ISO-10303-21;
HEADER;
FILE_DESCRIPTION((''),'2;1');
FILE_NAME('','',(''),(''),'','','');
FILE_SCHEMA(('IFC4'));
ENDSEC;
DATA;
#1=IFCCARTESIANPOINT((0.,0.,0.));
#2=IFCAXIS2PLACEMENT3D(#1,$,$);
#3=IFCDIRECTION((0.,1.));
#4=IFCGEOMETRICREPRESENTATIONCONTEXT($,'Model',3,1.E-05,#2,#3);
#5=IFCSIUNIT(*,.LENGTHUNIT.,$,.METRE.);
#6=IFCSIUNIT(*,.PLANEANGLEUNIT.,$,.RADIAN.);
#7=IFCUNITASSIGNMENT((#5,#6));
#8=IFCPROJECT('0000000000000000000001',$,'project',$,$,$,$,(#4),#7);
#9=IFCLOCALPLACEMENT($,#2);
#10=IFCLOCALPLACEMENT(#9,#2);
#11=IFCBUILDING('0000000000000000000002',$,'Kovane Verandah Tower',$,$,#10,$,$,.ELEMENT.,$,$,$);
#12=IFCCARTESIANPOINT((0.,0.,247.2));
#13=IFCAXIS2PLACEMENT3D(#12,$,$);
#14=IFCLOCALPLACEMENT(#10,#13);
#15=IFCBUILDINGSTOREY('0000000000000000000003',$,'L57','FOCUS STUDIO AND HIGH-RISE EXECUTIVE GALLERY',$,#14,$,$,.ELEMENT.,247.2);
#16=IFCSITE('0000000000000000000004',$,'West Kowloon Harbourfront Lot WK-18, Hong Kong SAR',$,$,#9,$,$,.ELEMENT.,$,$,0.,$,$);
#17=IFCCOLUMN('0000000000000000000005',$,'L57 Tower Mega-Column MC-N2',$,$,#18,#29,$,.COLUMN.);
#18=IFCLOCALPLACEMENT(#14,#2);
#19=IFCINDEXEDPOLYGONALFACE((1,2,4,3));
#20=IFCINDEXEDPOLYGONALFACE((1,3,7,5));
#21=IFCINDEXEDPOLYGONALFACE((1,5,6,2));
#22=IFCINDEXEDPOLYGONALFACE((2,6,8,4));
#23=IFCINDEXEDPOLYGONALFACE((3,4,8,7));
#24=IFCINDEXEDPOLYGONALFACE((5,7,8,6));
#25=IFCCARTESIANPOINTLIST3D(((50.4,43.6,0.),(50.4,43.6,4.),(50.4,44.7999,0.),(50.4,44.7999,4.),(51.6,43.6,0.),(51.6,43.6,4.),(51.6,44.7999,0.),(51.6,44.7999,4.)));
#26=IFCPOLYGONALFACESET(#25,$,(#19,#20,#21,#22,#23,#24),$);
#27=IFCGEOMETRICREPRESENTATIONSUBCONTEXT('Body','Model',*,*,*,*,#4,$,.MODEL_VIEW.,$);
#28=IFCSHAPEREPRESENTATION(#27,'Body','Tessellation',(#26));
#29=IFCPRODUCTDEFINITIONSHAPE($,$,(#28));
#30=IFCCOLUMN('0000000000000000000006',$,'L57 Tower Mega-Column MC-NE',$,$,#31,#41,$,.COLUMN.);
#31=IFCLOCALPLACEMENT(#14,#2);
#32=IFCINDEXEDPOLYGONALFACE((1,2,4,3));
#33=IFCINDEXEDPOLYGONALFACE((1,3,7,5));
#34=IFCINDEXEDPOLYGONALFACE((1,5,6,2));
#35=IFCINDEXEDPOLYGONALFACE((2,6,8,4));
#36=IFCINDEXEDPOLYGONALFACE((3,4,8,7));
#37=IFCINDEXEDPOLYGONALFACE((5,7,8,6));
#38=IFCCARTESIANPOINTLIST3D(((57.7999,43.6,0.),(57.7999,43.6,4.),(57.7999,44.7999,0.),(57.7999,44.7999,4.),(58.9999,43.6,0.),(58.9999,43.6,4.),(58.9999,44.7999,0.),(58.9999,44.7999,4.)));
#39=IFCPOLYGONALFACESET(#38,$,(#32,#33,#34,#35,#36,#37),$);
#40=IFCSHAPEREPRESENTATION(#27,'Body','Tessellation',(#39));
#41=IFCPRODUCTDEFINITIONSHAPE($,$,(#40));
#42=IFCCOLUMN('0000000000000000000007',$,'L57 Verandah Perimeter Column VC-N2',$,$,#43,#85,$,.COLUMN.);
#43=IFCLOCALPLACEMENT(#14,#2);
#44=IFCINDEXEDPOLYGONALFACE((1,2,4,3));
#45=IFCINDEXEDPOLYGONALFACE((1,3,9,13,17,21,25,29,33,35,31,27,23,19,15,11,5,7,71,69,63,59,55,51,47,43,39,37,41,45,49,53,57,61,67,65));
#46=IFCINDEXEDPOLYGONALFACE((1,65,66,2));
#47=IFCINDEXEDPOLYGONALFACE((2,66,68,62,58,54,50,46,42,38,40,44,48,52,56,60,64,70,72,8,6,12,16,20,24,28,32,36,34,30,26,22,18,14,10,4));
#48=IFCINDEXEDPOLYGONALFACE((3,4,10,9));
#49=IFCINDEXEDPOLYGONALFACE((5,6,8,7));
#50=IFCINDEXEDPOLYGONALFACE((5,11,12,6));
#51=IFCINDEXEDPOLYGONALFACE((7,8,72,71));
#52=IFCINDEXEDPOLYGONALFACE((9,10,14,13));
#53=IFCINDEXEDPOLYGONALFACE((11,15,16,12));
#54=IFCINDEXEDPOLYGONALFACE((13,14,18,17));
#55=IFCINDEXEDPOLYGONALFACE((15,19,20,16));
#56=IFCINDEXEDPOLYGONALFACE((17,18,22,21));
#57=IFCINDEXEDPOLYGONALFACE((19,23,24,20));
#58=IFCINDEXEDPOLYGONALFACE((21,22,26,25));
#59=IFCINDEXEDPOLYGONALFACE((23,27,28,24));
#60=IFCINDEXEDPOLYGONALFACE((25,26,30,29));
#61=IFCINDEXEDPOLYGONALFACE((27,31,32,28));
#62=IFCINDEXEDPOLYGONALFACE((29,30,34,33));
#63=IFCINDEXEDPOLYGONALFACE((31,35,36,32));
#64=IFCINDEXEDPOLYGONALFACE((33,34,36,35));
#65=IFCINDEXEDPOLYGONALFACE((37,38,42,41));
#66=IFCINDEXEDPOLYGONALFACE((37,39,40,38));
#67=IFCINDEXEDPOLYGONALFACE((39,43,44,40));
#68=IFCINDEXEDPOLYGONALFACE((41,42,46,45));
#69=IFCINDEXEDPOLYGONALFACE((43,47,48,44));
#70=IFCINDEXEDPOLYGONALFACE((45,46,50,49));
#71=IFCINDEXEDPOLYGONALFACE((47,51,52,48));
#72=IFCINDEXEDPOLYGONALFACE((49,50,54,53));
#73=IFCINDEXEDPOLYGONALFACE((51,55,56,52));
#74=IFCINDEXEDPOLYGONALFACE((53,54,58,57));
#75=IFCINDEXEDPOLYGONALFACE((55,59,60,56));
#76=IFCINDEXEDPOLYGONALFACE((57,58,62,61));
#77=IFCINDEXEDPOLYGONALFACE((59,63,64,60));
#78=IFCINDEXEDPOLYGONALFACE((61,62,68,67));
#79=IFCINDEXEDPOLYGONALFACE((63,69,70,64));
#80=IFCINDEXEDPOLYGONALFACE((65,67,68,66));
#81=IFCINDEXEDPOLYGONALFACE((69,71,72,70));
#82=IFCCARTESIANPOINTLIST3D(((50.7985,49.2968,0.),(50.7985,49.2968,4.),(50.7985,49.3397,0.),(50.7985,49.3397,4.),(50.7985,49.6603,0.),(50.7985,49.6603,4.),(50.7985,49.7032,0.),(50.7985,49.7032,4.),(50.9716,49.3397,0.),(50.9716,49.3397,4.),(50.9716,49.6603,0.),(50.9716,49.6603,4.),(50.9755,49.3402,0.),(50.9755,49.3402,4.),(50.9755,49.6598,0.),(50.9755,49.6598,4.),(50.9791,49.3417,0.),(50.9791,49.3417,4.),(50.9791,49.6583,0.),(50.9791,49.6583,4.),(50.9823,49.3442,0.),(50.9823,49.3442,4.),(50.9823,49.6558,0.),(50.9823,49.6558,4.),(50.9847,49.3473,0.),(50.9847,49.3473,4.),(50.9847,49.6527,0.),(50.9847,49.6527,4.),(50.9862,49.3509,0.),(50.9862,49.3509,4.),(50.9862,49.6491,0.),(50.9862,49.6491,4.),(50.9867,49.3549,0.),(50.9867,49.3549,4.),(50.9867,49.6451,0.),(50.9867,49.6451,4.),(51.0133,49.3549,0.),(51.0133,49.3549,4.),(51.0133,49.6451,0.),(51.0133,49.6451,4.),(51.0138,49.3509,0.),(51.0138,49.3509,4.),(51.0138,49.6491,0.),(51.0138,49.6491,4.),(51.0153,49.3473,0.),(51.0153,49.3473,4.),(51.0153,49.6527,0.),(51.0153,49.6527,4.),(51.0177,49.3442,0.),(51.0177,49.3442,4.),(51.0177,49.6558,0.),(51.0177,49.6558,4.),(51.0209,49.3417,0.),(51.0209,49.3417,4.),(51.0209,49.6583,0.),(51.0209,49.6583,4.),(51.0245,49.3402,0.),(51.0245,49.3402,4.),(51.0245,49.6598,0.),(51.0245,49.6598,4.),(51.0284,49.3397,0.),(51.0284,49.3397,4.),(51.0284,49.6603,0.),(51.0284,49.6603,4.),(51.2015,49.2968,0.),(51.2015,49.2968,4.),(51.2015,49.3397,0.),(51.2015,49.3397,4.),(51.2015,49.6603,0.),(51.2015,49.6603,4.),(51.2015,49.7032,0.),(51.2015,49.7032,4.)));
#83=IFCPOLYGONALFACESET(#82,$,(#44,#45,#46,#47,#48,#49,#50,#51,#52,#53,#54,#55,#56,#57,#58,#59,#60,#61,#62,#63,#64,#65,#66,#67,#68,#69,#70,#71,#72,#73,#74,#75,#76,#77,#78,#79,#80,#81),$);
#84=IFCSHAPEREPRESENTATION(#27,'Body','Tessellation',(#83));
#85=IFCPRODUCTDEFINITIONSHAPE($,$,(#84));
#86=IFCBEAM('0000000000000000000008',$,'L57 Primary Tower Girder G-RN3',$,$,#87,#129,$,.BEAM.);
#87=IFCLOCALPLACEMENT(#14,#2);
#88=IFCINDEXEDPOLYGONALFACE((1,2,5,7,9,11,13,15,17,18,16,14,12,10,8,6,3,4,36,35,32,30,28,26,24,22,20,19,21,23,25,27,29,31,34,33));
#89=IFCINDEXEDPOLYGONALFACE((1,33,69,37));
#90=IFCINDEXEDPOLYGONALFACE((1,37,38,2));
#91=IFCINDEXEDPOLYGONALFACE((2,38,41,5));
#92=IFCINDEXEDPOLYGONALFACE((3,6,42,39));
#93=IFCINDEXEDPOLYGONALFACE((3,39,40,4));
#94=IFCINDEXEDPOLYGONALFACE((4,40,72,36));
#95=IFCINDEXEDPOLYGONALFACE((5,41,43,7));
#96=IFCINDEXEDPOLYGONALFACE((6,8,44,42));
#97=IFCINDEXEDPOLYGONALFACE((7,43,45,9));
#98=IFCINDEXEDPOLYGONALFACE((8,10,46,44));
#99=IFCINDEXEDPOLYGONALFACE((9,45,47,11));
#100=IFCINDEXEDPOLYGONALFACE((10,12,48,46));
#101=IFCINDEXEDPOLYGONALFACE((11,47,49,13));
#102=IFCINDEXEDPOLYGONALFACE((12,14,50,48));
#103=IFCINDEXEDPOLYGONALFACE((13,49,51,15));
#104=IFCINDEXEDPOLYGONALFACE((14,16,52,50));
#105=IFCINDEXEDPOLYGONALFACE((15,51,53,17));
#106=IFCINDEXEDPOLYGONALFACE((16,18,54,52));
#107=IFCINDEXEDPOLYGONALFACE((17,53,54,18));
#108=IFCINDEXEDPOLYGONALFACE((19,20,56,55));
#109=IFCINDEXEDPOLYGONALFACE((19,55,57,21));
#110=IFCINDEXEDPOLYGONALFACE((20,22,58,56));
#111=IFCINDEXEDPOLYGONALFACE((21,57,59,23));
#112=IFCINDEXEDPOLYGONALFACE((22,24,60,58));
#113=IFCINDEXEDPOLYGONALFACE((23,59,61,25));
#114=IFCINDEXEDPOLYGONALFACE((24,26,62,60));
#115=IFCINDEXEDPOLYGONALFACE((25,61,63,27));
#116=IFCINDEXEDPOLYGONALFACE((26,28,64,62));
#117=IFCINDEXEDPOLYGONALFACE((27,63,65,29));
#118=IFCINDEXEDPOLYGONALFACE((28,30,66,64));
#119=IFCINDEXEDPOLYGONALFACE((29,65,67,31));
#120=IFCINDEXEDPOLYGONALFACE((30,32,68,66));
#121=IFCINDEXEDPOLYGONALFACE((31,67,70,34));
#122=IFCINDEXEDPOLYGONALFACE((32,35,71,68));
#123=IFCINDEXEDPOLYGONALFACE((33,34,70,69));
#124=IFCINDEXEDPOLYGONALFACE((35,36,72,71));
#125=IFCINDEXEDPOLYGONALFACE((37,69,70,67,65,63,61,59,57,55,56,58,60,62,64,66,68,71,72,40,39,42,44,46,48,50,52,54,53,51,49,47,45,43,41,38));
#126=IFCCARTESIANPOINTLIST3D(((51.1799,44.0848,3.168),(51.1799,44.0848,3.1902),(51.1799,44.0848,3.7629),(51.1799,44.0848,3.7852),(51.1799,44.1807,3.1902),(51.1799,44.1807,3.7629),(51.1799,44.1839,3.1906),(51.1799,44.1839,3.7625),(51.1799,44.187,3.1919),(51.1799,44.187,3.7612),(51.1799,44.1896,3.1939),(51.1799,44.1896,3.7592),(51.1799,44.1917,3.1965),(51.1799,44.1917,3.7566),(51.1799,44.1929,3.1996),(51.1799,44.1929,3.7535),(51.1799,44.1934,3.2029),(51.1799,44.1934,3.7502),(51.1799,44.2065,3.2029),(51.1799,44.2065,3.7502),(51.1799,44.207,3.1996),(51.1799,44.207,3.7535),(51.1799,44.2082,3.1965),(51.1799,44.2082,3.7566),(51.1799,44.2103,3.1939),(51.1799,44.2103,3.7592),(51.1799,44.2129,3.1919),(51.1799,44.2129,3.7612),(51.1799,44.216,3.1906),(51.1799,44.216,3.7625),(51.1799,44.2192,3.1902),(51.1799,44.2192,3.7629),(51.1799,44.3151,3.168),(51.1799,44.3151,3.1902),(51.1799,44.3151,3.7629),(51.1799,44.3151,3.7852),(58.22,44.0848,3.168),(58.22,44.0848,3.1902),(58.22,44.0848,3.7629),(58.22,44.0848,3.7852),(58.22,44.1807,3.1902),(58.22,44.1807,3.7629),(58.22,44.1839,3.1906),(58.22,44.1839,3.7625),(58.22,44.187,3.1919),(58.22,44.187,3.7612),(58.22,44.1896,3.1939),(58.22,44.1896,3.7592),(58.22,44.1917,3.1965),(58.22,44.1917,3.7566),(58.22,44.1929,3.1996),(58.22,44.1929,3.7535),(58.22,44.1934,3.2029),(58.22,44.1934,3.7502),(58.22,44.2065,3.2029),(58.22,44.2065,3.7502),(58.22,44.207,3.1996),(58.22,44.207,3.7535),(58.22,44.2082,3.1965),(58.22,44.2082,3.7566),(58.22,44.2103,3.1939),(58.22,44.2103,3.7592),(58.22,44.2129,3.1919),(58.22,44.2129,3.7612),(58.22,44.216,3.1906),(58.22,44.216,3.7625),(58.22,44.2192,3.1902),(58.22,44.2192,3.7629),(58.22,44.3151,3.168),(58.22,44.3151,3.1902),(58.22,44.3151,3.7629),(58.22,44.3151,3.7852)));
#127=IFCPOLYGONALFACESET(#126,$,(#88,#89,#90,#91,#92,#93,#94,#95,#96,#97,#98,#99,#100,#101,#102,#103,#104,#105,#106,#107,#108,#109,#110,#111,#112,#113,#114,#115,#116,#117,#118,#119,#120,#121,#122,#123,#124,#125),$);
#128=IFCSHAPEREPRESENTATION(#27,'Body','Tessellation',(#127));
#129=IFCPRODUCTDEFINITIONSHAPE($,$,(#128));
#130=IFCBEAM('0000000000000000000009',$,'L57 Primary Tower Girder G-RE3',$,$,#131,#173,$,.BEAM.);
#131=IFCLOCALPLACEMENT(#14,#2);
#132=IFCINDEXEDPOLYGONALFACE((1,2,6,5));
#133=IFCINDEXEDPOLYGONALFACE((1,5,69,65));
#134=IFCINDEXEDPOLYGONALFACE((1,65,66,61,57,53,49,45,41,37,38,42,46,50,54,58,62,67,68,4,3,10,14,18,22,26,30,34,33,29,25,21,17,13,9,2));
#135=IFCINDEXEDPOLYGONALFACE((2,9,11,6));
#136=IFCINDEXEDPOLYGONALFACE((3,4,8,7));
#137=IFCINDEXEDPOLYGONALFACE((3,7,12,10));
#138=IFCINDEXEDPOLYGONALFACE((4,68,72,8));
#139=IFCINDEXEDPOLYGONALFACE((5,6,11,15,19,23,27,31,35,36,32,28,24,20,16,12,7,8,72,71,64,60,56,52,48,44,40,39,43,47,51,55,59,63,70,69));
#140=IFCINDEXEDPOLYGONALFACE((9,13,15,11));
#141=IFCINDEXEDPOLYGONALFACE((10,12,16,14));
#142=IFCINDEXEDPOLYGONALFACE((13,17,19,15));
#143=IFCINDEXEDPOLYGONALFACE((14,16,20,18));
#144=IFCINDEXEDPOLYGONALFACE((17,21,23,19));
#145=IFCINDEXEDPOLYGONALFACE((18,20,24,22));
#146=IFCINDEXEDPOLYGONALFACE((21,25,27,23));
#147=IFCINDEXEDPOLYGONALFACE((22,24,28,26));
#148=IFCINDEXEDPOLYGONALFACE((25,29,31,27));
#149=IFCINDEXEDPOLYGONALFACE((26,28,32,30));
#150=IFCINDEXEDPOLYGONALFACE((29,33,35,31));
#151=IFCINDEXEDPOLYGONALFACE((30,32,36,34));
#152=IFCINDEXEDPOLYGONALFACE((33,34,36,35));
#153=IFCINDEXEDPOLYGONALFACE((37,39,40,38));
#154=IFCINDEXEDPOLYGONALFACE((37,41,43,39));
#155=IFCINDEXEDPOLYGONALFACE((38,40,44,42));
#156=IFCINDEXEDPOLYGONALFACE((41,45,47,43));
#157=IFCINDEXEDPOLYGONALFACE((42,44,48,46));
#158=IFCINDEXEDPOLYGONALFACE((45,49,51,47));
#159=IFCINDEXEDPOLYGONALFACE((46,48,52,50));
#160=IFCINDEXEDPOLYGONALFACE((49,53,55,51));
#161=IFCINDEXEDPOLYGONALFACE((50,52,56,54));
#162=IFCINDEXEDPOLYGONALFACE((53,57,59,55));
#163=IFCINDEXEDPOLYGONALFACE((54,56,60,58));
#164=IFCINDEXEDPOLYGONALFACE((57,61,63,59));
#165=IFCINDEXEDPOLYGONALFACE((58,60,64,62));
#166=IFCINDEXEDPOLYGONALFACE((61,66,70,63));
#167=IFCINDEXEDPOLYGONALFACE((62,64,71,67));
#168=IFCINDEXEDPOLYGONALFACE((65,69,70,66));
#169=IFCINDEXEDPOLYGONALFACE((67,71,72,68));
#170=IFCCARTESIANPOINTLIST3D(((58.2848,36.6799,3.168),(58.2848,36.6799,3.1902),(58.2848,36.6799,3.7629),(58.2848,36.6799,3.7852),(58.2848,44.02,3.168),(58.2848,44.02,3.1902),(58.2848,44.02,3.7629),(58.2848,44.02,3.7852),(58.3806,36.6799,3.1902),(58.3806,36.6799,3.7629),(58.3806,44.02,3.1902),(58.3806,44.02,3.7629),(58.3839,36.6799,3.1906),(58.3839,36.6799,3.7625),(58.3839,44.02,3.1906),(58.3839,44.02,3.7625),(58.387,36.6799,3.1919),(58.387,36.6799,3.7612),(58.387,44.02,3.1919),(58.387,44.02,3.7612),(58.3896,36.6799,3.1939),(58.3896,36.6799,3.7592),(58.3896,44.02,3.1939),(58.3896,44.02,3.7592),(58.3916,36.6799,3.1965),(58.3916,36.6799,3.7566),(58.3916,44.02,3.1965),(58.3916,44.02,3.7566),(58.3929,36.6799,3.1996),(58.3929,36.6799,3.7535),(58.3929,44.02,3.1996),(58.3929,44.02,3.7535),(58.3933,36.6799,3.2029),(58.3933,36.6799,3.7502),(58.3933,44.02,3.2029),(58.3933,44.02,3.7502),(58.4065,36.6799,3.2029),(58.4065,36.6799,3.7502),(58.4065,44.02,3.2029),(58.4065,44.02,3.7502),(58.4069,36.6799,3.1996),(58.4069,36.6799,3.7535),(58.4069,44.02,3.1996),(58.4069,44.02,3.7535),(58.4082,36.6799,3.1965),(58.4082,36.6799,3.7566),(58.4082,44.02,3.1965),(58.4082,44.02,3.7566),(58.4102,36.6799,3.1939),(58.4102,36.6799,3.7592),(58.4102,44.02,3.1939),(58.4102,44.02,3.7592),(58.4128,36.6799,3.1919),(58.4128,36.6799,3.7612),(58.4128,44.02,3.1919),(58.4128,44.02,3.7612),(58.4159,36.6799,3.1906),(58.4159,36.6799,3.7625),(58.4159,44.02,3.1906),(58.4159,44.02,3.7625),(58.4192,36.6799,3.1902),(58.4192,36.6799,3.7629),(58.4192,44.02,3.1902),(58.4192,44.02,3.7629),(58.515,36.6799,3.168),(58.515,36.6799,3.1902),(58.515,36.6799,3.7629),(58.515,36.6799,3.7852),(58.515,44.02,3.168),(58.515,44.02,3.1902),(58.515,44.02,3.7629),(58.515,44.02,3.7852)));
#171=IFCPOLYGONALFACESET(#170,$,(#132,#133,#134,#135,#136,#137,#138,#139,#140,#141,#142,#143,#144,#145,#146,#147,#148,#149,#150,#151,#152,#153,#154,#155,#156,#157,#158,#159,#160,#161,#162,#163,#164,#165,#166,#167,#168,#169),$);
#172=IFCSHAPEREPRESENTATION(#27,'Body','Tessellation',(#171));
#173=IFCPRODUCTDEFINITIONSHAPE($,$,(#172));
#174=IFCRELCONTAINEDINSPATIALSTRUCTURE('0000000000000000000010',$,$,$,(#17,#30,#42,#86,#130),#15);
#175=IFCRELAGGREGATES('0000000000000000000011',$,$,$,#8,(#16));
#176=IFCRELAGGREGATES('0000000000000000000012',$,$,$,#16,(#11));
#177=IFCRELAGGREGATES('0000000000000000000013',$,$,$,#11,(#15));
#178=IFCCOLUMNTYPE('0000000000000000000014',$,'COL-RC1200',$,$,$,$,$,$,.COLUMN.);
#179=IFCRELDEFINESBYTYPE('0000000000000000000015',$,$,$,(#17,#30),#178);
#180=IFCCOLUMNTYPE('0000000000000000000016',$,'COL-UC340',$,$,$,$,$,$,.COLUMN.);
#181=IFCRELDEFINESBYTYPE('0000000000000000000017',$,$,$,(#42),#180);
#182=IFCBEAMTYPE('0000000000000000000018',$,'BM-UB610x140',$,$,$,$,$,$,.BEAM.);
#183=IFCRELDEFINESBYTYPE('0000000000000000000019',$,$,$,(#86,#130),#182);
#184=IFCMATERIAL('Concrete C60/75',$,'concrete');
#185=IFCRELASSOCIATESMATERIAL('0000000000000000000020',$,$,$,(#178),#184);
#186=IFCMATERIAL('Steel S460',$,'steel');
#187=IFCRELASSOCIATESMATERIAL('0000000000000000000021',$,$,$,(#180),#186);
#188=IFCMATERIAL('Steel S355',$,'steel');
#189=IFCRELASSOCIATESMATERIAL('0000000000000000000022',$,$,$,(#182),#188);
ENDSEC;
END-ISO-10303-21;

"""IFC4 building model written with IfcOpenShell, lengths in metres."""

from ifc_helpers import new_model, si_unit, direction, frame, origin, origin_2d, place, context, subcontext, project, spatial, rectangle, i_section, extrude, material, material_profile, profile_set, type_object, element, save


model = new_model("IFC4")

# Units and contexts
model_context = context("Model", 3, precision=1e-05, world=origin(), true_north=direction((0.0, 1.0)))
body_context = subcontext(model_context, "Body", "Model", "MODEL_VIEW")
ifc_project = project(units=[si_unit("LENGTHUNIT", "METRE"), si_unit("PLANEANGLEUNIT", "RADIAN")], contexts=[model_context])

# Site, building, storey
site_placement = place(None, origin())
site = spatial("IfcSite", under=ifc_project, at=site_placement, Name="West Kowloon Harbourfront Lot WK-18, Hong Kong SAR", CompositionType="ELEMENT", RefElevation=0.0)
building_placement = place(site_placement, origin())
building = spatial("IfcBuilding", under=site, at=building_placement, Name="Kovane Verandah Tower", CompositionType="ELEMENT")
storey_placement = place(building_placement, frame((0.0, 0.0, 247.2)))
storey = spatial("IfcBuildingStorey", under=building, at=storey_placement, Name="L57", Description="FOCUS STUDIO AND HIGH-RISE EXECUTIVE GALLERY", CompositionType="ELEMENT", Elevation=247.2)

# Columns
ifc_material_1 = material(Name="Concrete C60/75", Category="concrete")
ifc_material_profile_1 = material_profile(ifc_material_1, rectangle(XDim=1.2, YDim=1.2, at=origin_2d()), Name="RC1200x1200")
ifc_profile_set_1 = profile_set([ifc_material_profile_1], Name="Concrete C60/75")
column_type_1 = type_object("IfcColumnType", Name="COL-RC1200", PredefinedType="COLUMN", material=ifc_profile_set_1)
for number, where, z_axis, x_axis, name in (
    (1, (51.0, 44.2, 0.0), (0.0, 0.0, 1.0), (1.0, 0.0, 0.0), "L57 Tower Mega-Column MC-N2"),
    (2, (58.3999, 44.2, 0.0), (0.0, 0.0, 1.0), (1.0, 0.0, 0.0), "L57 Tower Mega-Column MC-NE"),
):
    element("IfcColumn", number, at=place(storey_placement, frame(where, z_axis=z_axis, x_axis=x_axis)), inside=storey, type_object=column_type_1, Name=name, PredefinedType="COLUMN", context=body_context, shape_type="SweptSolid", body=[
        extrude(rectangle(XDim=1.2, YDim=1.2, at=origin_2d()), origin(), (0.0, 0.0, 1.0), 4.0),
    ])
ifc_material_2 = material(Name="Steel S460", Category="steel")
ifc_material_profile_2 = material_profile(ifc_material_2, i_section(OverallWidth=0.4031, OverallDepth=0.4065, WebThickness=0.0266, FlangeThickness=0.043, FilletRadius=0.0151, at=origin_2d()), Name="UC356x406x340")
ifc_profile_set_2 = profile_set([ifc_material_profile_2], Name="Steel S460")
column_type_2 = type_object("IfcColumnType", Name="COL-UC340", PredefinedType="COLUMN", material=ifc_profile_set_2)
column_placement = place(storey_placement, frame((51.0, 49.5, 0.0), z_axis=(0.0, 0.0, 1.0), x_axis=(1.0, 0.0, 0.0)))
element("IfcColumn", 3, at=column_placement, inside=storey, type_object=column_type_2, Name="L57 Verandah Perimeter Column VC-N2", PredefinedType="COLUMN", context=body_context, shape_type="SweptSolid", body=[
    extrude(i_section(OverallWidth=0.4031, OverallDepth=0.4065, WebThickness=0.0266, FlangeThickness=0.043, FilletRadius=0.0151, at=origin_2d()), origin(), (0.0, 0.0, 1.0), 4.0),
])

# Beams
ifc_material_3 = material(Name="Steel S355", Category="steel")
ifc_material_profile_3 = material_profile(ifc_material_3, i_section(OverallWidth=0.2302, OverallDepth=0.6172, WebThickness=0.0132, FlangeThickness=0.0222, FilletRadius=0.0127, at=origin_2d()), Name="UB610x229x140")
ifc_profile_set_3 = profile_set([ifc_material_profile_3], Name="Steel S355")
beam_type_1 = type_object("IfcBeamType", Name="BM-UB610x140", PredefinedType="BEAM", material=ifc_profile_set_3)
beam_1_placement = place(storey_placement, frame((51.1799, 44.2, 3.4766), z_axis=(1.0, 0.0, 0.0), x_axis=(0.0, 1.0, 0.0)))
element("IfcBeam", 4, at=beam_1_placement, inside=storey, type_object=beam_type_1, Name="L57 Primary Tower Girder G-RN3", PredefinedType="BEAM", context=body_context, shape_type="SweptSolid", body=[
    extrude(i_section(OverallWidth=0.2302, OverallDepth=0.6172, WebThickness=0.0132, FlangeThickness=0.0222, FilletRadius=0.0127, at=origin_2d()), origin(), (0.0, 0.0, 1.0), 7.04),
])
for number, where, z_axis, x_axis, name in (
    (5, (58.3999, 36.6799, 3.4766), (0.0, 1.0, 0.0), (-1.0, 0.0, 0.0), "L57 Primary Tower Girder G-RE3"),
):
    element("IfcBeam", number, at=place(storey_placement, frame(where, z_axis=z_axis, x_axis=x_axis)), inside=storey, type_object=beam_type_1, Name=name, PredefinedType="BEAM", context=body_context, shape_type="SweptSolid", body=[
        extrude(i_section(OverallWidth=0.2302, OverallDepth=0.6172, WebThickness=0.0132, FlangeThickness=0.0222, FilletRadius=0.0127, at=origin_2d()), origin(), (0.0, 0.0, 1.0), 7.3401),
    ])

save(model, "model.ifc")
